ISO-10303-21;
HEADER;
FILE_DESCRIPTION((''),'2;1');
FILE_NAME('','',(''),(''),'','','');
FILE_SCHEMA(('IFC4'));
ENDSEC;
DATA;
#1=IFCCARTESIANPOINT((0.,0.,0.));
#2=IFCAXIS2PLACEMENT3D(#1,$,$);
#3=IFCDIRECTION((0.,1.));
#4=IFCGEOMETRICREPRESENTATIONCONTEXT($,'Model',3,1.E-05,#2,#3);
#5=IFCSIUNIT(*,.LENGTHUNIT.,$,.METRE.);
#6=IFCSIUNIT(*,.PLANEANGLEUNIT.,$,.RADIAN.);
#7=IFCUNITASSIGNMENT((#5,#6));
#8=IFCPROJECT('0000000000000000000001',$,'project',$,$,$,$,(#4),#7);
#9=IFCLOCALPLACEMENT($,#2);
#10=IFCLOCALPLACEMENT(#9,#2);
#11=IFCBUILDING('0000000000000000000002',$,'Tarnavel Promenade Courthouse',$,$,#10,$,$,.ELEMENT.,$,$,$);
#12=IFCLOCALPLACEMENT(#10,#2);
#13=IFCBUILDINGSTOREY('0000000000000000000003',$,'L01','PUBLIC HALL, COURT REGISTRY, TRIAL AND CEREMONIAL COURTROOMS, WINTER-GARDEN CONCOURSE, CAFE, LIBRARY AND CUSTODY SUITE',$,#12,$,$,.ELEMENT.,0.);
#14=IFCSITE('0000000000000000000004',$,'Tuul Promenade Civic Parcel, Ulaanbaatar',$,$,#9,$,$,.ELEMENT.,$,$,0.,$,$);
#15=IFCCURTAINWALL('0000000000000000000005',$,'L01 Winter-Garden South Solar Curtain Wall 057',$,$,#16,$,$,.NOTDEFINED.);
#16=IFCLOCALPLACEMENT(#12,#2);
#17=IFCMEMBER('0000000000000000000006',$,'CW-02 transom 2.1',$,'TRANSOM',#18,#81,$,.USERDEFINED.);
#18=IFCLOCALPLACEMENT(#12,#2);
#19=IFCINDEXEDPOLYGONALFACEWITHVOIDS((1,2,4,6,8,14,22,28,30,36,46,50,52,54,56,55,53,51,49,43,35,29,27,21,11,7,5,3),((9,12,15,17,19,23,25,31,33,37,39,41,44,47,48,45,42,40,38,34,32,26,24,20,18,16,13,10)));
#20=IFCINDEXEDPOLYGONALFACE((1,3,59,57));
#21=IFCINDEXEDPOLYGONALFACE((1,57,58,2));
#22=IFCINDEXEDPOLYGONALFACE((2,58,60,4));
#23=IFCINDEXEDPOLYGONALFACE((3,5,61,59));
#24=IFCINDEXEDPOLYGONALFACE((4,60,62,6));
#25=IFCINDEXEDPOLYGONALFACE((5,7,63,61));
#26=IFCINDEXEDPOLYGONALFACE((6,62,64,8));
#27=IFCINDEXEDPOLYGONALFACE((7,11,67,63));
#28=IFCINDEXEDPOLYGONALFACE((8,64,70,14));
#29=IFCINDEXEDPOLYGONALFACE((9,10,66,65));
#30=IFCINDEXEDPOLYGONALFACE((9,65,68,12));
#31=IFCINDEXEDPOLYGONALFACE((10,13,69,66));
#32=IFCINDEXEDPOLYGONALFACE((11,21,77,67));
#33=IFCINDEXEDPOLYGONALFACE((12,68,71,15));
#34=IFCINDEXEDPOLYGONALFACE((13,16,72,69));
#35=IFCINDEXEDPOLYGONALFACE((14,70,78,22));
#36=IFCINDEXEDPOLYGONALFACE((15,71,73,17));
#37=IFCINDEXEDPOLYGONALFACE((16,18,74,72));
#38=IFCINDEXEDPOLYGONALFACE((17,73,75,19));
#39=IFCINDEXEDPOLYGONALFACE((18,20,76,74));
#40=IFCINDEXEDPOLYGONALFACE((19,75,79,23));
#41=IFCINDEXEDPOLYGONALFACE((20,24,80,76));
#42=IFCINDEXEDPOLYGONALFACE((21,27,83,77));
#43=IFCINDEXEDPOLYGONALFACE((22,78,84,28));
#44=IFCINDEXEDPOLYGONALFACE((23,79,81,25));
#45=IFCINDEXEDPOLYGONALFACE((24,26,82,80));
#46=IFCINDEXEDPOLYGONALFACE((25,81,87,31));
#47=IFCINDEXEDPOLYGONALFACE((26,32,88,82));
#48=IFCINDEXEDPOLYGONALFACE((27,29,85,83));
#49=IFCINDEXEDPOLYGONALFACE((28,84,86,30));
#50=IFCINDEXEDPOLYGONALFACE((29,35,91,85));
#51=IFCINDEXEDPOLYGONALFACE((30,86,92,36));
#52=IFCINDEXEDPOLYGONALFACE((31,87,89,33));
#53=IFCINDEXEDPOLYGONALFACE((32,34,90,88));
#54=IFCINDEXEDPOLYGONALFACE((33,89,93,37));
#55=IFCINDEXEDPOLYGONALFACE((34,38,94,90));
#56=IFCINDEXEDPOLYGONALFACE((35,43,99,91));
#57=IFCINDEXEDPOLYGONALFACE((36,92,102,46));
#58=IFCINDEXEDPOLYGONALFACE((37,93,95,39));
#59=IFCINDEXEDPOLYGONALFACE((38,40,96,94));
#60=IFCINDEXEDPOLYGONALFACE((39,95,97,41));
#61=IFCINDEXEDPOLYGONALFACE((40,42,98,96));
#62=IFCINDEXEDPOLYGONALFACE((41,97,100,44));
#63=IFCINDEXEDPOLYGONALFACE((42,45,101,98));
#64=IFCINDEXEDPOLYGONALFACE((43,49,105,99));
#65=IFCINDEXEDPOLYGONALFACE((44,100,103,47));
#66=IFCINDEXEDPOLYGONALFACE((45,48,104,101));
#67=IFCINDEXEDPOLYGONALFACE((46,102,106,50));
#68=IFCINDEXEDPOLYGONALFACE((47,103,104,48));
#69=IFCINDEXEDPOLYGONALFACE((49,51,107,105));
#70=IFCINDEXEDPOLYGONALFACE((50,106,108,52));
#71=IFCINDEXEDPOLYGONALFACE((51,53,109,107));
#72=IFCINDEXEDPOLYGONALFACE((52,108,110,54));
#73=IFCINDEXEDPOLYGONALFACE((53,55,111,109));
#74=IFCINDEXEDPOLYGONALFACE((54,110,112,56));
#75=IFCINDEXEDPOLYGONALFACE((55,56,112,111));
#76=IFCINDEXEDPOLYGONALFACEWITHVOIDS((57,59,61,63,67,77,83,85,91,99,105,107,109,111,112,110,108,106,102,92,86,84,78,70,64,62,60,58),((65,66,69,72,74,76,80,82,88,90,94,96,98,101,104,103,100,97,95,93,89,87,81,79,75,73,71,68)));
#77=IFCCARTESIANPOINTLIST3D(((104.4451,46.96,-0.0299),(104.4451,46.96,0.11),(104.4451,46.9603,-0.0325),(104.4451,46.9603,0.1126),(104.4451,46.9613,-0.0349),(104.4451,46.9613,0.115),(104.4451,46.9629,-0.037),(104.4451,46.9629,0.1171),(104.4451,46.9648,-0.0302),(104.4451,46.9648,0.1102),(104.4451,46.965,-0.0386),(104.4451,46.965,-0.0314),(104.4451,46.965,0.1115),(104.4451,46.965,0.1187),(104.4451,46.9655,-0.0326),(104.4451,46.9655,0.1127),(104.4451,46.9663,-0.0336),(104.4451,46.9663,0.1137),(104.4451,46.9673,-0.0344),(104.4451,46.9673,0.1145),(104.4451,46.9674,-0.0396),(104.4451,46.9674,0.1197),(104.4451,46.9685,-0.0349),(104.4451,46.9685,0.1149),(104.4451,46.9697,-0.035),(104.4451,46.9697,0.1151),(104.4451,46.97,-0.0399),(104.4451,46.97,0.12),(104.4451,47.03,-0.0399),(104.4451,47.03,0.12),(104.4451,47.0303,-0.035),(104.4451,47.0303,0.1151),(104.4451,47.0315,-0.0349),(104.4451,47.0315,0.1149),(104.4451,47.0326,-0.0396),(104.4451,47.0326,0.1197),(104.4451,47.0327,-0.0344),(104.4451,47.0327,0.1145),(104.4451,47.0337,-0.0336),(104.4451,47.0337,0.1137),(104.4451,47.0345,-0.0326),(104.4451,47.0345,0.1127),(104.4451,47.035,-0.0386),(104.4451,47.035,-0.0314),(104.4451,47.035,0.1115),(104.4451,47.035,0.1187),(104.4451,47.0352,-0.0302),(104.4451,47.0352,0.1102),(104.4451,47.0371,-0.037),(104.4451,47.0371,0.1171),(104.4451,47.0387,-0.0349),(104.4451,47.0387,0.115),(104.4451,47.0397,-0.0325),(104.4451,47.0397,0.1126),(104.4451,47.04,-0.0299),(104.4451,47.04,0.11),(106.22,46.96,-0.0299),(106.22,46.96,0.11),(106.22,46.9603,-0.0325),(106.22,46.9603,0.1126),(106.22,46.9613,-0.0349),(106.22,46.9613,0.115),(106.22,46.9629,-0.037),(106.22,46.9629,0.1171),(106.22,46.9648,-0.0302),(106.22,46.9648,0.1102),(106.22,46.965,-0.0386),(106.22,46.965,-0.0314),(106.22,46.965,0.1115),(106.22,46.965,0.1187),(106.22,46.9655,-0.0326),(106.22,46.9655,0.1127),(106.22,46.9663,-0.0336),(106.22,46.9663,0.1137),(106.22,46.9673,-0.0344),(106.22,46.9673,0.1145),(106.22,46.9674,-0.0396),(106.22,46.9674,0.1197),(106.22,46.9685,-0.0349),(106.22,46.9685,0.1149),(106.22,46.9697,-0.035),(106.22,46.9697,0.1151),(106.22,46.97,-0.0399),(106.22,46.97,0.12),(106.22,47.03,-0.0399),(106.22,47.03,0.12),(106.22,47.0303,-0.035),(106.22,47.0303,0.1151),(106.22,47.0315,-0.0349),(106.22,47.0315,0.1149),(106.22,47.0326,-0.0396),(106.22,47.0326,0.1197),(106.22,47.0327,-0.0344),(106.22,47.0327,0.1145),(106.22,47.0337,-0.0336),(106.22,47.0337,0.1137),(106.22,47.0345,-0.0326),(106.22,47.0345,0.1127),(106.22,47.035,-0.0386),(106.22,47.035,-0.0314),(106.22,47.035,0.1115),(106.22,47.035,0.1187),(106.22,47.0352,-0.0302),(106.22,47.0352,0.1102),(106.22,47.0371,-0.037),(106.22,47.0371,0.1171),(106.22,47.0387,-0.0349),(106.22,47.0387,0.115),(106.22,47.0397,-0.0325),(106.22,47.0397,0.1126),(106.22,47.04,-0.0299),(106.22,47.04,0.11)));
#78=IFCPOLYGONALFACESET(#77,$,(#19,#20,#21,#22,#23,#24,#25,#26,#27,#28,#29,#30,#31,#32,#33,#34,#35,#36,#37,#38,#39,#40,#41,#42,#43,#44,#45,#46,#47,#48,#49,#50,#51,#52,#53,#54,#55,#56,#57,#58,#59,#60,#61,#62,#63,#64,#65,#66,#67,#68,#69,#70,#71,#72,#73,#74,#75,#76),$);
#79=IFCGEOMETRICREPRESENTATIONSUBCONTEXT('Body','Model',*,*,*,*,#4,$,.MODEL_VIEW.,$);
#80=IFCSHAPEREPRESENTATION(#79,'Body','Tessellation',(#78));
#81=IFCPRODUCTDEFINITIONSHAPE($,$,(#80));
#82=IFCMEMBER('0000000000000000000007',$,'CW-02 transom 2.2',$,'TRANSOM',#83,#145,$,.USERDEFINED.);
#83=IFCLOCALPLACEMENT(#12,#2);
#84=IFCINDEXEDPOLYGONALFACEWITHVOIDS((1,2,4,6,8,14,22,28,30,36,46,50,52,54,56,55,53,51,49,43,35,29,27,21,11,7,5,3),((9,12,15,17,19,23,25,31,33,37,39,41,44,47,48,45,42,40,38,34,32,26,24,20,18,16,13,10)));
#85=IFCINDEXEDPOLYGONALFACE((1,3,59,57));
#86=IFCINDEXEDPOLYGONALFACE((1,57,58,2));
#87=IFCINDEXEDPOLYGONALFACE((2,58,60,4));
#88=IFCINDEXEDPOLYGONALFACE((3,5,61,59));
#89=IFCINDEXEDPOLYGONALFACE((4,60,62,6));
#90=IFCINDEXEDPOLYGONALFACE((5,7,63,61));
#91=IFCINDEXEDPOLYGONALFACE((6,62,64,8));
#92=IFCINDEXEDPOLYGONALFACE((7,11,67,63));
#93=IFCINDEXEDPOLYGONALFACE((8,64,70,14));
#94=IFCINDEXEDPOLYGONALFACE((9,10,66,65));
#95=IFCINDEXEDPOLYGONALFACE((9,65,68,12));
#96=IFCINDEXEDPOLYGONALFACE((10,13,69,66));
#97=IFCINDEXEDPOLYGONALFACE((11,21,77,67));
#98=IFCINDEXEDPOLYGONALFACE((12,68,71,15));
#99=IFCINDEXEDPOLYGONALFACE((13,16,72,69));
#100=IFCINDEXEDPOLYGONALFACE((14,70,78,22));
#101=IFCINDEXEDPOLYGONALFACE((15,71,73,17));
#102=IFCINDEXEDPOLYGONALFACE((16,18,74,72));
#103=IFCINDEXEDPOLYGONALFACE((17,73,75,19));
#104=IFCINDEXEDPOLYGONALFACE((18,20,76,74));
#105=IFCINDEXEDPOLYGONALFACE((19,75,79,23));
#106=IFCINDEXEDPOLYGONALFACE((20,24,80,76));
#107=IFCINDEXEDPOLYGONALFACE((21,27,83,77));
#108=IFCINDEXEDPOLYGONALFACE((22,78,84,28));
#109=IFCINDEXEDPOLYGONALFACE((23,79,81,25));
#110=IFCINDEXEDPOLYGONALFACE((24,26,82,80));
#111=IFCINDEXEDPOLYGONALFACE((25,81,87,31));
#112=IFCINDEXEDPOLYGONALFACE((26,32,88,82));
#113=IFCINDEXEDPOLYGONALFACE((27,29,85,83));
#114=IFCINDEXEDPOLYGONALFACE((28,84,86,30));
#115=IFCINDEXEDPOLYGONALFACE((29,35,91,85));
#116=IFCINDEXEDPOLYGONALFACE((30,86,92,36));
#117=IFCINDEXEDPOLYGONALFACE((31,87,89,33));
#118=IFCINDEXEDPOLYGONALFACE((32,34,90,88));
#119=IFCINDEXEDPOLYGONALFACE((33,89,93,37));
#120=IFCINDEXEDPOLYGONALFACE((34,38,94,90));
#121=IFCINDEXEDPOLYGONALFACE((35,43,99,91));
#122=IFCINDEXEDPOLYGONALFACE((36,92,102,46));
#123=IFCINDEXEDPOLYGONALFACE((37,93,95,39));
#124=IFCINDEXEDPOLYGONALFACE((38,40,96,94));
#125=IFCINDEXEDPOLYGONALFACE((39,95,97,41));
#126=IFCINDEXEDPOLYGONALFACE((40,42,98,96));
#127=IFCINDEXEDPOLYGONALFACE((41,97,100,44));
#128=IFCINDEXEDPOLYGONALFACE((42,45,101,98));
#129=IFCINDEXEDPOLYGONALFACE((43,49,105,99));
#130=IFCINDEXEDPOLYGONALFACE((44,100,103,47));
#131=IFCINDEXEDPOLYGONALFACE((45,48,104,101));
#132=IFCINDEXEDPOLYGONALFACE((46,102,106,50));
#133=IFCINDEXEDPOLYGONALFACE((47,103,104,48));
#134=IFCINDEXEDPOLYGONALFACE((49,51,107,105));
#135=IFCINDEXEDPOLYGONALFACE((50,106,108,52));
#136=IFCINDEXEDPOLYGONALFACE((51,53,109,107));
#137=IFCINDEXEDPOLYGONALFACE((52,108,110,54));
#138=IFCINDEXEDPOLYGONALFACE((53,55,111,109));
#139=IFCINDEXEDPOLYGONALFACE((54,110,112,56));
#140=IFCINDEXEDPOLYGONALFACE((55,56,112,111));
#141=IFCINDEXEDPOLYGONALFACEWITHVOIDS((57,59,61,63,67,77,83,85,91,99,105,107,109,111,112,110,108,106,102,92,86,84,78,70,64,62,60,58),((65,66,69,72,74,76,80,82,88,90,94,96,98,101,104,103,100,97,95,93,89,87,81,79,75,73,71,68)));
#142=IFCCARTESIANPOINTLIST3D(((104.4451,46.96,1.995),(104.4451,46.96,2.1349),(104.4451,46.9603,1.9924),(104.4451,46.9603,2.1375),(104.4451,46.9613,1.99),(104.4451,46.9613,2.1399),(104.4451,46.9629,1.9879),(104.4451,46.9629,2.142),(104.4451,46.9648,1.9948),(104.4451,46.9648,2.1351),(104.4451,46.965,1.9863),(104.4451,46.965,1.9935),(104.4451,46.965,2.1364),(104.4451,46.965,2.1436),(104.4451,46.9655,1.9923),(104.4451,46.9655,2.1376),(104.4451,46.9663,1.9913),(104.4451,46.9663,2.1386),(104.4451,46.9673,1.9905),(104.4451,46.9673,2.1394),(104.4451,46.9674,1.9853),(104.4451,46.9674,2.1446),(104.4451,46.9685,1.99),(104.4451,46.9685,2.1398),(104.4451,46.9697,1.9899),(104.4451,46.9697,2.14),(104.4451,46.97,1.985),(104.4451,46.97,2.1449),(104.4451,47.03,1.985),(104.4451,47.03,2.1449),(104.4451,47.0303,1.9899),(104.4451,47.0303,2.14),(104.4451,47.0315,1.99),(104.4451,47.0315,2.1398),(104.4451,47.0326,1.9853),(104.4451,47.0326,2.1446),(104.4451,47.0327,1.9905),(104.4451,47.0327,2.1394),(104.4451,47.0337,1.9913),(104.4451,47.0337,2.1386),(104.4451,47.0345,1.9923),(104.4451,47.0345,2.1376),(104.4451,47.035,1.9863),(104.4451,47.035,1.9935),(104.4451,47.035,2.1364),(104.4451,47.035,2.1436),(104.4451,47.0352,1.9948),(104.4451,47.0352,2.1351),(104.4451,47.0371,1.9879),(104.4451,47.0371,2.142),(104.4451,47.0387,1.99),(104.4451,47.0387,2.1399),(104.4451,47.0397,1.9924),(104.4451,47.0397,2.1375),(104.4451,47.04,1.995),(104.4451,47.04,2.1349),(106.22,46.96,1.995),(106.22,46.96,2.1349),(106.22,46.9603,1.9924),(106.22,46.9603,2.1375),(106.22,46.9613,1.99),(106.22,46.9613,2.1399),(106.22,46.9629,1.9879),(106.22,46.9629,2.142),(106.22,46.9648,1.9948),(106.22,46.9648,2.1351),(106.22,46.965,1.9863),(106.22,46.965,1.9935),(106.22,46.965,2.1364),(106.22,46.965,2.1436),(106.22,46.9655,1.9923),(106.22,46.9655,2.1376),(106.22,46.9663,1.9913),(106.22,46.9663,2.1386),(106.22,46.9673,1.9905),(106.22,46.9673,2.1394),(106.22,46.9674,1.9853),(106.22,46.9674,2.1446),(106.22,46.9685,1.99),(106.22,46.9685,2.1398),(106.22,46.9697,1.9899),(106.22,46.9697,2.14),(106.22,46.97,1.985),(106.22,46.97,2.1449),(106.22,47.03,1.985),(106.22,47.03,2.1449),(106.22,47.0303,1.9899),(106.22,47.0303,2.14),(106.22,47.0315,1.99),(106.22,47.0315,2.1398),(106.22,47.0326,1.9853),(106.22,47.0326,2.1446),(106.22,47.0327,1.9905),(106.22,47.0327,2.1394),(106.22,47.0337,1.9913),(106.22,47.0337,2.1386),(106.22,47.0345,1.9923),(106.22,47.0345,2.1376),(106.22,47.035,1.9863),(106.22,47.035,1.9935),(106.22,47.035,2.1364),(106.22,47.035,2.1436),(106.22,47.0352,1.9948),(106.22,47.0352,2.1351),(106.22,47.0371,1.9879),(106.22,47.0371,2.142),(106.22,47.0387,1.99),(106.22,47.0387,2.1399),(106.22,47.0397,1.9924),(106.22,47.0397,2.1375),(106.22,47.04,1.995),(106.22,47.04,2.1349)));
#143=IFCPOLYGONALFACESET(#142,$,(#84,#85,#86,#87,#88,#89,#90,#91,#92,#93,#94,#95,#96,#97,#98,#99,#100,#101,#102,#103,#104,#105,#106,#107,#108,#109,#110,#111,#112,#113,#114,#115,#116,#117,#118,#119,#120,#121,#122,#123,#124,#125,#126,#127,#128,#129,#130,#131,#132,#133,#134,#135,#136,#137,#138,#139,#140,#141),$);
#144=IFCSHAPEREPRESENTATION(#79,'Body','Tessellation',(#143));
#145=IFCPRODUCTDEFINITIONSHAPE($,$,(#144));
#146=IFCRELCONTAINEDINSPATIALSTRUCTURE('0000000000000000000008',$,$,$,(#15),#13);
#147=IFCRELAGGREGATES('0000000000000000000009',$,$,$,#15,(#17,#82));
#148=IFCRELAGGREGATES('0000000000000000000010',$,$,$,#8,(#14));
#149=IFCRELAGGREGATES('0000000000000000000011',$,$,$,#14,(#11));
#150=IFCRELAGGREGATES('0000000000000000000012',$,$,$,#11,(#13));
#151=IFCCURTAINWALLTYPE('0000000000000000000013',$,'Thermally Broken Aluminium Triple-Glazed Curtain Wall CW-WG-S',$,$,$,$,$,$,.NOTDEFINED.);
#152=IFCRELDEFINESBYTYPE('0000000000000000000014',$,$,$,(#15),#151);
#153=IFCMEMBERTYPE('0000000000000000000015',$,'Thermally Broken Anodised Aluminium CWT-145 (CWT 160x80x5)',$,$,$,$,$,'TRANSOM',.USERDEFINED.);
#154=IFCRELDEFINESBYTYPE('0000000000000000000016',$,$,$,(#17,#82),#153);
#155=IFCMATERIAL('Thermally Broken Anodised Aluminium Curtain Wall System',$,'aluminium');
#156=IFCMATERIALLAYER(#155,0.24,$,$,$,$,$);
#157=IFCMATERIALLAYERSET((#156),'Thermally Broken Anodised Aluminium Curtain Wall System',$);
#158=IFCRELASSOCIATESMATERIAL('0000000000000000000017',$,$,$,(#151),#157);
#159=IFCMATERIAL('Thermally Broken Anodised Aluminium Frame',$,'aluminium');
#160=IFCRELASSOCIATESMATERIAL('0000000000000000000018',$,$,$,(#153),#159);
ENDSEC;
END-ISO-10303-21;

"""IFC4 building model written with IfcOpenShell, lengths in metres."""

from ifc_helpers import new_model, si_unit, direction, frame, origin, origin_2d, place, context, subcontext, project, spatial, hollow_rectangle, extrude, material, layer, layer_set, material_profile, profile_set, type_object, element, aggregate, save


model = new_model("IFC4")

# Units and contexts
model_context = context("Model", 3, precision=1e-05, world=origin(), true_north=direction((0.0, 1.0)))
body_context = subcontext(model_context, "Body", "Model", "MODEL_VIEW")
ifc_project = project(units=[si_unit("LENGTHUNIT", "METRE"), si_unit("PLANEANGLEUNIT", "RADIAN")], contexts=[model_context])

# Site, building, storey
site_placement = place(None, origin())
site = spatial("IfcSite", under=ifc_project, at=site_placement, Name="Tuul Promenade Civic Parcel, Ulaanbaatar", CompositionType="ELEMENT", RefElevation=0.0)
building_placement = place(site_placement, origin())
building = spatial("IfcBuilding", under=site, at=building_placement, Name="Tarnavel Promenade Courthouse", CompositionType="ELEMENT")
storey_placement = place(building_placement, origin())
storey = spatial("IfcBuildingStorey", under=building, at=storey_placement, Name="L01", Description="PUBLIC HALL, COURT REGISTRY, TRIAL AND CEREMONIAL COURTROOMS, WINTER-GARDEN CONCOURSE, CAFE, LIBRARY AND CUSTODY SUITE", CompositionType="ELEMENT", Elevation=0.0)

# Shared definitions
ifc_material_1 = material(Name="Thermally Broken Anodised Aluminium Curtain Wall System", Category="aluminium")
ifc_layer_1 = layer(ifc_material_1, 0.24)
ifc_layer_set_1 = layer_set([ifc_layer_1], Name="Thermally Broken Anodised Aluminium Curtain Wall System")
curtain_wall_type = type_object("IfcCurtainWallType", Name="Thermally Broken Aluminium Triple-Glazed Curtain Wall CW-WG-S", PredefinedType="NOTDEFINED", material=ifc_layer_set_1)
ifc_material_2 = material(Name="Thermally Broken Anodised Aluminium Frame", Category="aluminium")

# Curtain wall
curtain_wall_1_placement = place(storey_placement, origin())
curtain_wall_1 = element("IfcCurtainWall", 1, at=curtain_wall_1_placement, inside=storey, type_object=curtain_wall_type, Name="L01 Winter-Garden South Solar Curtain Wall 057", PredefinedType="NOTDEFINED")

# Members
ifc_material_profile_1 = material_profile(ifc_material_2, hollow_rectangle(XDim=0.0801, YDim=0.1599, WallThickness=0.0049, InnerFilletRadius=0.0049, OuterFilletRadius=0.01, at=origin_2d()), Name="CWT 160x80x5")
ifc_profile_set_1 = profile_set([ifc_material_profile_1], Name="Thermally Broken Anodised Aluminium Frame")
member_type_1 = type_object("IfcMemberType", Name="Thermally Broken Anodised Aluminium CWT-145 (CWT 160x80x5)", ElementType="TRANSOM", PredefinedType="USERDEFINED", material=ifc_profile_set_1)
member_1_placement = place(storey_placement, frame((104.4451, 47.0, 0.04), z_axis=(1.0, 0.0, 0.0), x_axis=(0.0, 1.0, 0.0)))
member_1 = element("IfcMember", 2, at=member_1_placement, type_object=member_type_1, Name="CW-02 transom 2.1", ObjectType="TRANSOM", PredefinedType="USERDEFINED", context=body_context, shape_type="SweptSolid", body=[
    extrude(hollow_rectangle(XDim=0.0801, YDim=0.1599, WallThickness=0.0049, InnerFilletRadius=0.0049, OuterFilletRadius=0.01, at=origin_2d()), origin(), (0.0, 0.0, 1.0), 1.7749),
])
member_2_placement = place(storey_placement, frame((104.4451, 47.0, 2.0649), z_axis=(1.0, 0.0, 0.0), x_axis=(0.0, 1.0, 0.0)))
member_2 = element("IfcMember", 3, at=member_2_placement, type_object=member_type_1, Name="CW-02 transom 2.2", ObjectType="TRANSOM", PredefinedType="USERDEFINED", context=body_context, shape_type="SweptSolid", body=[
    extrude(hollow_rectangle(XDim=0.0801, YDim=0.1599, WallThickness=0.0049, InnerFilletRadius=0.0049, OuterFilletRadius=0.01, at=origin_2d()), origin(), (0.0, 0.0, 1.0), 1.7749),
])

aggregate(curtain_wall_1, [member_1, member_2])

save(model, "model.ifc")
